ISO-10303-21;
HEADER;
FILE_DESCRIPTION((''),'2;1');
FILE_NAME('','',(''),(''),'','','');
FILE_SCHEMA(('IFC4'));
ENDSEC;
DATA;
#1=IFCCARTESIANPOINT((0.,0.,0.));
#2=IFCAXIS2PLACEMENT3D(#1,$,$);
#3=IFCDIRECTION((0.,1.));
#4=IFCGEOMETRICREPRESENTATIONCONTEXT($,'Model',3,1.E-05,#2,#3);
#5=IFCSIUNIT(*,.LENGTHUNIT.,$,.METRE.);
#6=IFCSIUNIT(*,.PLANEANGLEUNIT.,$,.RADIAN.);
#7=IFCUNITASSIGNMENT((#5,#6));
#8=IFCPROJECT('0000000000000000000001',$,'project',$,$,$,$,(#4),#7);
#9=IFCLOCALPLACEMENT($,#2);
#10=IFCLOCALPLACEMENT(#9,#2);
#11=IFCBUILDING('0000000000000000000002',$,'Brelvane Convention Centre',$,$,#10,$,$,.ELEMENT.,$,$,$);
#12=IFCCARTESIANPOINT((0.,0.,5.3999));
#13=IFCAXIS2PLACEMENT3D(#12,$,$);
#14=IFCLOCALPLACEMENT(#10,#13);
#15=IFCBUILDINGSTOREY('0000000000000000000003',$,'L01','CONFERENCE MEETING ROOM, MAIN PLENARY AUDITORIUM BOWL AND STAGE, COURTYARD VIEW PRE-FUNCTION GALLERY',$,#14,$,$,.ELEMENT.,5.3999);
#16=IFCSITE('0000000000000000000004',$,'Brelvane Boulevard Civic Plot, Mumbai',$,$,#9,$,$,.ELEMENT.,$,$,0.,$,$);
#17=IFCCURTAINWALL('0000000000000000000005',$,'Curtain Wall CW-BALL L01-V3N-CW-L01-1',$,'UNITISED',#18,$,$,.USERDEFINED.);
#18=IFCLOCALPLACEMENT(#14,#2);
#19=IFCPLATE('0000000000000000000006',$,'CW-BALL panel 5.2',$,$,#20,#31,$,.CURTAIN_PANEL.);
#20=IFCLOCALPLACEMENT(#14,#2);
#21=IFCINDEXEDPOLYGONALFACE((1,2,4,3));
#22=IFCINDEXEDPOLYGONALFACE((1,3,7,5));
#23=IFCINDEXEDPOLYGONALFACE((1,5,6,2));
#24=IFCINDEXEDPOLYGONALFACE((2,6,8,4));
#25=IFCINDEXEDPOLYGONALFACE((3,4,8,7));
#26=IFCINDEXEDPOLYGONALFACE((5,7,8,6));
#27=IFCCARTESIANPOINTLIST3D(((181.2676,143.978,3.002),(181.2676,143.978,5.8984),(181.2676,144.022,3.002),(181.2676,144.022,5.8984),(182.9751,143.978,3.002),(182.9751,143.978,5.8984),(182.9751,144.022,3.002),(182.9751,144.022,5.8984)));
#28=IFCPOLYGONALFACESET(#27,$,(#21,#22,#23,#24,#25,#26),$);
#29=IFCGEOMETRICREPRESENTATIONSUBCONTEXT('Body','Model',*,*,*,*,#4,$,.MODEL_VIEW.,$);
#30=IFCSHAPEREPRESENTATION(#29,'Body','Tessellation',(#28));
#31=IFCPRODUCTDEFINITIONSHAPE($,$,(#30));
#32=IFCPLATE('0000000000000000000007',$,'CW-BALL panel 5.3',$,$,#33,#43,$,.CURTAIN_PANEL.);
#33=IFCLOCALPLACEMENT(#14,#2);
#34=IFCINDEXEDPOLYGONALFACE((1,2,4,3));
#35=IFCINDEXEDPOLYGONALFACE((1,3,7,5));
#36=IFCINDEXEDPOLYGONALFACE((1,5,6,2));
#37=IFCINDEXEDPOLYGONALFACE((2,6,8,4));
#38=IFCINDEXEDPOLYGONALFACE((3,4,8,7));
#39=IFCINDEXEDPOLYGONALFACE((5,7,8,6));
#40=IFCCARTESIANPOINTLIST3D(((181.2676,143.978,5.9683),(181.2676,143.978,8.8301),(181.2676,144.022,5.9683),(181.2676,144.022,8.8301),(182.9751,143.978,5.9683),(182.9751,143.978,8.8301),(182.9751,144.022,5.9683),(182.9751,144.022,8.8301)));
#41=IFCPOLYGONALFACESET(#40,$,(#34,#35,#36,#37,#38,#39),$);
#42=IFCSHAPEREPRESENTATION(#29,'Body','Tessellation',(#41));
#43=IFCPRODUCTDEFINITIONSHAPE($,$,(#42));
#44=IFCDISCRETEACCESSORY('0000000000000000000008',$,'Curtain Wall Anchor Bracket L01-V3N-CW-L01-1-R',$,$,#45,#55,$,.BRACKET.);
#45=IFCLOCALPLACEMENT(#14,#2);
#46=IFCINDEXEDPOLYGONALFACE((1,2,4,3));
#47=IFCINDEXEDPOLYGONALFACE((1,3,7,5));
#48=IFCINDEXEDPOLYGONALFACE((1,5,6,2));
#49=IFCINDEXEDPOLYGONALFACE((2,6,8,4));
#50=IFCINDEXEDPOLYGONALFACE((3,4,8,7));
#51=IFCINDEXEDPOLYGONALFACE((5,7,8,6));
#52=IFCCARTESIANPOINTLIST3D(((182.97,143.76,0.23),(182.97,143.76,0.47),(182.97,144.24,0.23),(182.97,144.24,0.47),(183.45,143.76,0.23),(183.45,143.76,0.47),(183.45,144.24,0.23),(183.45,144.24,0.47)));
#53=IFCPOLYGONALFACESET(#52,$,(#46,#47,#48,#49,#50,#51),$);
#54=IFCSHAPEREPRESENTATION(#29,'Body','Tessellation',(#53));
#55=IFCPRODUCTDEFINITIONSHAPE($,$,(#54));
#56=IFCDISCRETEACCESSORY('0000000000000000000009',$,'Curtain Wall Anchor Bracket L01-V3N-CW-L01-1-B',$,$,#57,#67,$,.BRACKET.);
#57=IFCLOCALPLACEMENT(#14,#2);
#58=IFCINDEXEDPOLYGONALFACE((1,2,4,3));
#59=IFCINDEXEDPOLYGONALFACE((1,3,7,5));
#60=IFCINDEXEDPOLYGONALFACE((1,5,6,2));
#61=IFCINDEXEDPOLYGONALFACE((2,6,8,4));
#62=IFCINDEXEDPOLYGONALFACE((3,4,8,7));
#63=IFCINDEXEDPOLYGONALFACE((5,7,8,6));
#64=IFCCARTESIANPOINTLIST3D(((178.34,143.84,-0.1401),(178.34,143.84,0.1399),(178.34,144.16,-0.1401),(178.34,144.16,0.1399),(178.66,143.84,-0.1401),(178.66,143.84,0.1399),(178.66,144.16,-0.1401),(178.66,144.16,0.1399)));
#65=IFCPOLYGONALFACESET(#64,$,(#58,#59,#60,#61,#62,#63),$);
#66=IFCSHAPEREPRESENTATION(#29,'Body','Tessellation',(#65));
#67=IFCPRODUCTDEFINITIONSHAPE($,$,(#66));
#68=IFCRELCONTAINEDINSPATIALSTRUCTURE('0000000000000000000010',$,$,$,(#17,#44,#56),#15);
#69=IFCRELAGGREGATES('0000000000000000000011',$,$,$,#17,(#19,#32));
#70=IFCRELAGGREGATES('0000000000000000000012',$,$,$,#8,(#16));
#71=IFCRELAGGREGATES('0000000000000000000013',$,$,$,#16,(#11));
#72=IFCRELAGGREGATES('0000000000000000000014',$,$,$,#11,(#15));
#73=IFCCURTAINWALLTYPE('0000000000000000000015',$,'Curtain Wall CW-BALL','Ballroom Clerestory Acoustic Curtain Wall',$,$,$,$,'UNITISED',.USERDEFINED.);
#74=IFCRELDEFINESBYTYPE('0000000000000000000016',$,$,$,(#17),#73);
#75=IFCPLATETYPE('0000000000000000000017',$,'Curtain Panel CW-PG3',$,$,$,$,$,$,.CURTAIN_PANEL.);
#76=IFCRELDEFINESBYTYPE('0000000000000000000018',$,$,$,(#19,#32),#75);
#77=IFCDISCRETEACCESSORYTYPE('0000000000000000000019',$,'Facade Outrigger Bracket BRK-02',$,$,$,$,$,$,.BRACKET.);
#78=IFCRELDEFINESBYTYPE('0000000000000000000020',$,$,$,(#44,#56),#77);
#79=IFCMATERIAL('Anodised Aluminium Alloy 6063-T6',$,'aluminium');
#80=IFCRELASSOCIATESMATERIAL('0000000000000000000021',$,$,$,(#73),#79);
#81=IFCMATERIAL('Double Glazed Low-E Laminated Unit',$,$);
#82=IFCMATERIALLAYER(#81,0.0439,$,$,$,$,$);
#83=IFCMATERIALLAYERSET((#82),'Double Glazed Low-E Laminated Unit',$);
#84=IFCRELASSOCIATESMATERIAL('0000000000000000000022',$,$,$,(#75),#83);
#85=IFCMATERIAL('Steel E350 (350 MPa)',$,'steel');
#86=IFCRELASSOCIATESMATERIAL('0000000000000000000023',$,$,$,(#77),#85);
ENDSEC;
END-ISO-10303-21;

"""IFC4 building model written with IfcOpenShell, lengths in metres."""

from ifc_helpers import new_model, si_unit, direction, frame, origin, origin_2d, place, context, subcontext, project, spatial, rectangle, extrude, material, layer, layer_set, type_object, element, aggregate, save


model = new_model("IFC4")

# Units and contexts
model_context = context("Model", 3, precision=1e-05, world=origin(), true_north=direction((0.0, 1.0)))
body_context = subcontext(model_context, "Body", "Model", "MODEL_VIEW")
ifc_project = project(units=[si_unit("LENGTHUNIT", "METRE"), si_unit("PLANEANGLEUNIT", "RADIAN")], contexts=[model_context])

# Site, building, storey
site_placement = place(None, origin())
site = spatial("IfcSite", under=ifc_project, at=site_placement, Name="Brelvane Boulevard Civic Plot, Mumbai", CompositionType="ELEMENT", RefElevation=0.0)
building_placement = place(site_placement, origin())
building = spatial("IfcBuilding", under=site, at=building_placement, Name="Brelvane Convention Centre", CompositionType="ELEMENT")
storey_placement = place(building_placement, frame((0.0, 0.0, 5.3999)))
storey = spatial("IfcBuildingStorey", under=building, at=storey_placement, Name="L01", Description="CONFERENCE MEETING ROOM, MAIN PLENARY AUDITORIUM BOWL AND STAGE, COURTYARD VIEW PRE-FUNCTION GALLERY", CompositionType="ELEMENT", Elevation=5.3999)

# Curtain wall, plates
ifc_material_1 = material(Name="Anodised Aluminium Alloy 6063-T6", Category="aluminium")
curtain_wall_type = type_object("IfcCurtainWallType", Name="Curtain Wall CW-BALL", Description="Ballroom Clerestory Acoustic Curtain Wall", ElementType="UNITISED", PredefinedType="USERDEFINED", material=ifc_material_1)
curtain_wall_placement = place(storey_placement, origin())
curtain_wall = element("IfcCurtainWall", 1, at=curtain_wall_placement, inside=storey, type_object=curtain_wall_type, Name="Curtain Wall CW-BALL L01-V3N-CW-L01-1", ObjectType="UNITISED", PredefinedType="USERDEFINED")
ifc_material_2 = material(Name="Double Glazed Low-E Laminated Unit")
ifc_layer = layer(ifc_material_2, 0.0439)
ifc_layer_set = layer_set([ifc_layer], Name="Double Glazed Low-E Laminated Unit")
plate_type = type_object("IfcPlateType", Name="Curtain Panel CW-PG3", PredefinedType="CURTAIN_PANEL", material=ifc_layer_set)
plate_1_placement = place(storey_placement, frame((182.1213, 144.0, 3.002), z_axis=(0.0, 0.0, 1.0), x_axis=(1.0, 0.0, 0.0)))
plate_1 = element("IfcPlate", 2, at=plate_1_placement, type_object=plate_type, Name="CW-BALL panel 5.2", PredefinedType="CURTAIN_PANEL", context=body_context, shape_type="SweptSolid", body=[
    extrude(rectangle(XDim=1.7075, YDim=0.0439, at=origin_2d()), origin(), (0.0, 0.0, 1.0), 2.8965),
])
plate_2_placement = place(storey_placement, frame((182.1213, 144.0, 5.9683), z_axis=(0.0, 0.0, 1.0), x_axis=(1.0, 0.0, 0.0)))
plate_2 = element("IfcPlate", 3, at=plate_2_placement, type_object=plate_type, Name="CW-BALL panel 5.3", PredefinedType="CURTAIN_PANEL", context=body_context, shape_type="SweptSolid", body=[
    extrude(rectangle(XDim=1.7075, YDim=0.0439, at=origin_2d()), origin(), (0.0, 0.0, 1.0), 2.8618),
])
aggregate(curtain_wall, [plate_1, plate_2])

# Discrete accessories
ifc_material_3 = material(Name="Steel E350 (350 MPa)", Category="steel")
discrete_accessory_type = type_object("IfcDiscreteAccessoryType", Name="Facade Outrigger Bracket BRK-02", PredefinedType="BRACKET", material=ifc_material_3)
discrete_accessory_1_placement = place(storey_placement, frame((183.21, 144.0, 0.23), z_axis=(0.0, 0.0, 1.0), x_axis=(1.0, 0.0, 0.0)))
element("IfcDiscreteAccessory", 4, at=discrete_accessory_1_placement, inside=storey, type_object=discrete_accessory_type, Name="Curtain Wall Anchor Bracket L01-V3N-CW-L01-1-R", PredefinedType="BRACKET", context=body_context, shape_type="SweptSolid", body=[
    extrude(rectangle(XDim=0.48, YDim=0.48, at=origin_2d()), origin(), (0.0, 0.0, 1.0), 0.24),
])
discrete_accessory_2_placement = place(storey_placement, frame((178.5, 144.0, -0.1401), z_axis=(0.0, 0.0, 1.0), x_axis=(1.0, 0.0, 0.0)))
element("IfcDiscreteAccessory", 5, at=discrete_accessory_2_placement, inside=storey, type_object=discrete_accessory_type, Name="Curtain Wall Anchor Bracket L01-V3N-CW-L01-1-B", PredefinedType="BRACKET", context=body_context, shape_type="SweptSolid", body=[
    extrude(rectangle(XDim=0.3201, YDim=0.3201, at=origin_2d()), origin(), (0.0, 0.0, 1.0), 0.28),
])

save(model, "model.ifc")
